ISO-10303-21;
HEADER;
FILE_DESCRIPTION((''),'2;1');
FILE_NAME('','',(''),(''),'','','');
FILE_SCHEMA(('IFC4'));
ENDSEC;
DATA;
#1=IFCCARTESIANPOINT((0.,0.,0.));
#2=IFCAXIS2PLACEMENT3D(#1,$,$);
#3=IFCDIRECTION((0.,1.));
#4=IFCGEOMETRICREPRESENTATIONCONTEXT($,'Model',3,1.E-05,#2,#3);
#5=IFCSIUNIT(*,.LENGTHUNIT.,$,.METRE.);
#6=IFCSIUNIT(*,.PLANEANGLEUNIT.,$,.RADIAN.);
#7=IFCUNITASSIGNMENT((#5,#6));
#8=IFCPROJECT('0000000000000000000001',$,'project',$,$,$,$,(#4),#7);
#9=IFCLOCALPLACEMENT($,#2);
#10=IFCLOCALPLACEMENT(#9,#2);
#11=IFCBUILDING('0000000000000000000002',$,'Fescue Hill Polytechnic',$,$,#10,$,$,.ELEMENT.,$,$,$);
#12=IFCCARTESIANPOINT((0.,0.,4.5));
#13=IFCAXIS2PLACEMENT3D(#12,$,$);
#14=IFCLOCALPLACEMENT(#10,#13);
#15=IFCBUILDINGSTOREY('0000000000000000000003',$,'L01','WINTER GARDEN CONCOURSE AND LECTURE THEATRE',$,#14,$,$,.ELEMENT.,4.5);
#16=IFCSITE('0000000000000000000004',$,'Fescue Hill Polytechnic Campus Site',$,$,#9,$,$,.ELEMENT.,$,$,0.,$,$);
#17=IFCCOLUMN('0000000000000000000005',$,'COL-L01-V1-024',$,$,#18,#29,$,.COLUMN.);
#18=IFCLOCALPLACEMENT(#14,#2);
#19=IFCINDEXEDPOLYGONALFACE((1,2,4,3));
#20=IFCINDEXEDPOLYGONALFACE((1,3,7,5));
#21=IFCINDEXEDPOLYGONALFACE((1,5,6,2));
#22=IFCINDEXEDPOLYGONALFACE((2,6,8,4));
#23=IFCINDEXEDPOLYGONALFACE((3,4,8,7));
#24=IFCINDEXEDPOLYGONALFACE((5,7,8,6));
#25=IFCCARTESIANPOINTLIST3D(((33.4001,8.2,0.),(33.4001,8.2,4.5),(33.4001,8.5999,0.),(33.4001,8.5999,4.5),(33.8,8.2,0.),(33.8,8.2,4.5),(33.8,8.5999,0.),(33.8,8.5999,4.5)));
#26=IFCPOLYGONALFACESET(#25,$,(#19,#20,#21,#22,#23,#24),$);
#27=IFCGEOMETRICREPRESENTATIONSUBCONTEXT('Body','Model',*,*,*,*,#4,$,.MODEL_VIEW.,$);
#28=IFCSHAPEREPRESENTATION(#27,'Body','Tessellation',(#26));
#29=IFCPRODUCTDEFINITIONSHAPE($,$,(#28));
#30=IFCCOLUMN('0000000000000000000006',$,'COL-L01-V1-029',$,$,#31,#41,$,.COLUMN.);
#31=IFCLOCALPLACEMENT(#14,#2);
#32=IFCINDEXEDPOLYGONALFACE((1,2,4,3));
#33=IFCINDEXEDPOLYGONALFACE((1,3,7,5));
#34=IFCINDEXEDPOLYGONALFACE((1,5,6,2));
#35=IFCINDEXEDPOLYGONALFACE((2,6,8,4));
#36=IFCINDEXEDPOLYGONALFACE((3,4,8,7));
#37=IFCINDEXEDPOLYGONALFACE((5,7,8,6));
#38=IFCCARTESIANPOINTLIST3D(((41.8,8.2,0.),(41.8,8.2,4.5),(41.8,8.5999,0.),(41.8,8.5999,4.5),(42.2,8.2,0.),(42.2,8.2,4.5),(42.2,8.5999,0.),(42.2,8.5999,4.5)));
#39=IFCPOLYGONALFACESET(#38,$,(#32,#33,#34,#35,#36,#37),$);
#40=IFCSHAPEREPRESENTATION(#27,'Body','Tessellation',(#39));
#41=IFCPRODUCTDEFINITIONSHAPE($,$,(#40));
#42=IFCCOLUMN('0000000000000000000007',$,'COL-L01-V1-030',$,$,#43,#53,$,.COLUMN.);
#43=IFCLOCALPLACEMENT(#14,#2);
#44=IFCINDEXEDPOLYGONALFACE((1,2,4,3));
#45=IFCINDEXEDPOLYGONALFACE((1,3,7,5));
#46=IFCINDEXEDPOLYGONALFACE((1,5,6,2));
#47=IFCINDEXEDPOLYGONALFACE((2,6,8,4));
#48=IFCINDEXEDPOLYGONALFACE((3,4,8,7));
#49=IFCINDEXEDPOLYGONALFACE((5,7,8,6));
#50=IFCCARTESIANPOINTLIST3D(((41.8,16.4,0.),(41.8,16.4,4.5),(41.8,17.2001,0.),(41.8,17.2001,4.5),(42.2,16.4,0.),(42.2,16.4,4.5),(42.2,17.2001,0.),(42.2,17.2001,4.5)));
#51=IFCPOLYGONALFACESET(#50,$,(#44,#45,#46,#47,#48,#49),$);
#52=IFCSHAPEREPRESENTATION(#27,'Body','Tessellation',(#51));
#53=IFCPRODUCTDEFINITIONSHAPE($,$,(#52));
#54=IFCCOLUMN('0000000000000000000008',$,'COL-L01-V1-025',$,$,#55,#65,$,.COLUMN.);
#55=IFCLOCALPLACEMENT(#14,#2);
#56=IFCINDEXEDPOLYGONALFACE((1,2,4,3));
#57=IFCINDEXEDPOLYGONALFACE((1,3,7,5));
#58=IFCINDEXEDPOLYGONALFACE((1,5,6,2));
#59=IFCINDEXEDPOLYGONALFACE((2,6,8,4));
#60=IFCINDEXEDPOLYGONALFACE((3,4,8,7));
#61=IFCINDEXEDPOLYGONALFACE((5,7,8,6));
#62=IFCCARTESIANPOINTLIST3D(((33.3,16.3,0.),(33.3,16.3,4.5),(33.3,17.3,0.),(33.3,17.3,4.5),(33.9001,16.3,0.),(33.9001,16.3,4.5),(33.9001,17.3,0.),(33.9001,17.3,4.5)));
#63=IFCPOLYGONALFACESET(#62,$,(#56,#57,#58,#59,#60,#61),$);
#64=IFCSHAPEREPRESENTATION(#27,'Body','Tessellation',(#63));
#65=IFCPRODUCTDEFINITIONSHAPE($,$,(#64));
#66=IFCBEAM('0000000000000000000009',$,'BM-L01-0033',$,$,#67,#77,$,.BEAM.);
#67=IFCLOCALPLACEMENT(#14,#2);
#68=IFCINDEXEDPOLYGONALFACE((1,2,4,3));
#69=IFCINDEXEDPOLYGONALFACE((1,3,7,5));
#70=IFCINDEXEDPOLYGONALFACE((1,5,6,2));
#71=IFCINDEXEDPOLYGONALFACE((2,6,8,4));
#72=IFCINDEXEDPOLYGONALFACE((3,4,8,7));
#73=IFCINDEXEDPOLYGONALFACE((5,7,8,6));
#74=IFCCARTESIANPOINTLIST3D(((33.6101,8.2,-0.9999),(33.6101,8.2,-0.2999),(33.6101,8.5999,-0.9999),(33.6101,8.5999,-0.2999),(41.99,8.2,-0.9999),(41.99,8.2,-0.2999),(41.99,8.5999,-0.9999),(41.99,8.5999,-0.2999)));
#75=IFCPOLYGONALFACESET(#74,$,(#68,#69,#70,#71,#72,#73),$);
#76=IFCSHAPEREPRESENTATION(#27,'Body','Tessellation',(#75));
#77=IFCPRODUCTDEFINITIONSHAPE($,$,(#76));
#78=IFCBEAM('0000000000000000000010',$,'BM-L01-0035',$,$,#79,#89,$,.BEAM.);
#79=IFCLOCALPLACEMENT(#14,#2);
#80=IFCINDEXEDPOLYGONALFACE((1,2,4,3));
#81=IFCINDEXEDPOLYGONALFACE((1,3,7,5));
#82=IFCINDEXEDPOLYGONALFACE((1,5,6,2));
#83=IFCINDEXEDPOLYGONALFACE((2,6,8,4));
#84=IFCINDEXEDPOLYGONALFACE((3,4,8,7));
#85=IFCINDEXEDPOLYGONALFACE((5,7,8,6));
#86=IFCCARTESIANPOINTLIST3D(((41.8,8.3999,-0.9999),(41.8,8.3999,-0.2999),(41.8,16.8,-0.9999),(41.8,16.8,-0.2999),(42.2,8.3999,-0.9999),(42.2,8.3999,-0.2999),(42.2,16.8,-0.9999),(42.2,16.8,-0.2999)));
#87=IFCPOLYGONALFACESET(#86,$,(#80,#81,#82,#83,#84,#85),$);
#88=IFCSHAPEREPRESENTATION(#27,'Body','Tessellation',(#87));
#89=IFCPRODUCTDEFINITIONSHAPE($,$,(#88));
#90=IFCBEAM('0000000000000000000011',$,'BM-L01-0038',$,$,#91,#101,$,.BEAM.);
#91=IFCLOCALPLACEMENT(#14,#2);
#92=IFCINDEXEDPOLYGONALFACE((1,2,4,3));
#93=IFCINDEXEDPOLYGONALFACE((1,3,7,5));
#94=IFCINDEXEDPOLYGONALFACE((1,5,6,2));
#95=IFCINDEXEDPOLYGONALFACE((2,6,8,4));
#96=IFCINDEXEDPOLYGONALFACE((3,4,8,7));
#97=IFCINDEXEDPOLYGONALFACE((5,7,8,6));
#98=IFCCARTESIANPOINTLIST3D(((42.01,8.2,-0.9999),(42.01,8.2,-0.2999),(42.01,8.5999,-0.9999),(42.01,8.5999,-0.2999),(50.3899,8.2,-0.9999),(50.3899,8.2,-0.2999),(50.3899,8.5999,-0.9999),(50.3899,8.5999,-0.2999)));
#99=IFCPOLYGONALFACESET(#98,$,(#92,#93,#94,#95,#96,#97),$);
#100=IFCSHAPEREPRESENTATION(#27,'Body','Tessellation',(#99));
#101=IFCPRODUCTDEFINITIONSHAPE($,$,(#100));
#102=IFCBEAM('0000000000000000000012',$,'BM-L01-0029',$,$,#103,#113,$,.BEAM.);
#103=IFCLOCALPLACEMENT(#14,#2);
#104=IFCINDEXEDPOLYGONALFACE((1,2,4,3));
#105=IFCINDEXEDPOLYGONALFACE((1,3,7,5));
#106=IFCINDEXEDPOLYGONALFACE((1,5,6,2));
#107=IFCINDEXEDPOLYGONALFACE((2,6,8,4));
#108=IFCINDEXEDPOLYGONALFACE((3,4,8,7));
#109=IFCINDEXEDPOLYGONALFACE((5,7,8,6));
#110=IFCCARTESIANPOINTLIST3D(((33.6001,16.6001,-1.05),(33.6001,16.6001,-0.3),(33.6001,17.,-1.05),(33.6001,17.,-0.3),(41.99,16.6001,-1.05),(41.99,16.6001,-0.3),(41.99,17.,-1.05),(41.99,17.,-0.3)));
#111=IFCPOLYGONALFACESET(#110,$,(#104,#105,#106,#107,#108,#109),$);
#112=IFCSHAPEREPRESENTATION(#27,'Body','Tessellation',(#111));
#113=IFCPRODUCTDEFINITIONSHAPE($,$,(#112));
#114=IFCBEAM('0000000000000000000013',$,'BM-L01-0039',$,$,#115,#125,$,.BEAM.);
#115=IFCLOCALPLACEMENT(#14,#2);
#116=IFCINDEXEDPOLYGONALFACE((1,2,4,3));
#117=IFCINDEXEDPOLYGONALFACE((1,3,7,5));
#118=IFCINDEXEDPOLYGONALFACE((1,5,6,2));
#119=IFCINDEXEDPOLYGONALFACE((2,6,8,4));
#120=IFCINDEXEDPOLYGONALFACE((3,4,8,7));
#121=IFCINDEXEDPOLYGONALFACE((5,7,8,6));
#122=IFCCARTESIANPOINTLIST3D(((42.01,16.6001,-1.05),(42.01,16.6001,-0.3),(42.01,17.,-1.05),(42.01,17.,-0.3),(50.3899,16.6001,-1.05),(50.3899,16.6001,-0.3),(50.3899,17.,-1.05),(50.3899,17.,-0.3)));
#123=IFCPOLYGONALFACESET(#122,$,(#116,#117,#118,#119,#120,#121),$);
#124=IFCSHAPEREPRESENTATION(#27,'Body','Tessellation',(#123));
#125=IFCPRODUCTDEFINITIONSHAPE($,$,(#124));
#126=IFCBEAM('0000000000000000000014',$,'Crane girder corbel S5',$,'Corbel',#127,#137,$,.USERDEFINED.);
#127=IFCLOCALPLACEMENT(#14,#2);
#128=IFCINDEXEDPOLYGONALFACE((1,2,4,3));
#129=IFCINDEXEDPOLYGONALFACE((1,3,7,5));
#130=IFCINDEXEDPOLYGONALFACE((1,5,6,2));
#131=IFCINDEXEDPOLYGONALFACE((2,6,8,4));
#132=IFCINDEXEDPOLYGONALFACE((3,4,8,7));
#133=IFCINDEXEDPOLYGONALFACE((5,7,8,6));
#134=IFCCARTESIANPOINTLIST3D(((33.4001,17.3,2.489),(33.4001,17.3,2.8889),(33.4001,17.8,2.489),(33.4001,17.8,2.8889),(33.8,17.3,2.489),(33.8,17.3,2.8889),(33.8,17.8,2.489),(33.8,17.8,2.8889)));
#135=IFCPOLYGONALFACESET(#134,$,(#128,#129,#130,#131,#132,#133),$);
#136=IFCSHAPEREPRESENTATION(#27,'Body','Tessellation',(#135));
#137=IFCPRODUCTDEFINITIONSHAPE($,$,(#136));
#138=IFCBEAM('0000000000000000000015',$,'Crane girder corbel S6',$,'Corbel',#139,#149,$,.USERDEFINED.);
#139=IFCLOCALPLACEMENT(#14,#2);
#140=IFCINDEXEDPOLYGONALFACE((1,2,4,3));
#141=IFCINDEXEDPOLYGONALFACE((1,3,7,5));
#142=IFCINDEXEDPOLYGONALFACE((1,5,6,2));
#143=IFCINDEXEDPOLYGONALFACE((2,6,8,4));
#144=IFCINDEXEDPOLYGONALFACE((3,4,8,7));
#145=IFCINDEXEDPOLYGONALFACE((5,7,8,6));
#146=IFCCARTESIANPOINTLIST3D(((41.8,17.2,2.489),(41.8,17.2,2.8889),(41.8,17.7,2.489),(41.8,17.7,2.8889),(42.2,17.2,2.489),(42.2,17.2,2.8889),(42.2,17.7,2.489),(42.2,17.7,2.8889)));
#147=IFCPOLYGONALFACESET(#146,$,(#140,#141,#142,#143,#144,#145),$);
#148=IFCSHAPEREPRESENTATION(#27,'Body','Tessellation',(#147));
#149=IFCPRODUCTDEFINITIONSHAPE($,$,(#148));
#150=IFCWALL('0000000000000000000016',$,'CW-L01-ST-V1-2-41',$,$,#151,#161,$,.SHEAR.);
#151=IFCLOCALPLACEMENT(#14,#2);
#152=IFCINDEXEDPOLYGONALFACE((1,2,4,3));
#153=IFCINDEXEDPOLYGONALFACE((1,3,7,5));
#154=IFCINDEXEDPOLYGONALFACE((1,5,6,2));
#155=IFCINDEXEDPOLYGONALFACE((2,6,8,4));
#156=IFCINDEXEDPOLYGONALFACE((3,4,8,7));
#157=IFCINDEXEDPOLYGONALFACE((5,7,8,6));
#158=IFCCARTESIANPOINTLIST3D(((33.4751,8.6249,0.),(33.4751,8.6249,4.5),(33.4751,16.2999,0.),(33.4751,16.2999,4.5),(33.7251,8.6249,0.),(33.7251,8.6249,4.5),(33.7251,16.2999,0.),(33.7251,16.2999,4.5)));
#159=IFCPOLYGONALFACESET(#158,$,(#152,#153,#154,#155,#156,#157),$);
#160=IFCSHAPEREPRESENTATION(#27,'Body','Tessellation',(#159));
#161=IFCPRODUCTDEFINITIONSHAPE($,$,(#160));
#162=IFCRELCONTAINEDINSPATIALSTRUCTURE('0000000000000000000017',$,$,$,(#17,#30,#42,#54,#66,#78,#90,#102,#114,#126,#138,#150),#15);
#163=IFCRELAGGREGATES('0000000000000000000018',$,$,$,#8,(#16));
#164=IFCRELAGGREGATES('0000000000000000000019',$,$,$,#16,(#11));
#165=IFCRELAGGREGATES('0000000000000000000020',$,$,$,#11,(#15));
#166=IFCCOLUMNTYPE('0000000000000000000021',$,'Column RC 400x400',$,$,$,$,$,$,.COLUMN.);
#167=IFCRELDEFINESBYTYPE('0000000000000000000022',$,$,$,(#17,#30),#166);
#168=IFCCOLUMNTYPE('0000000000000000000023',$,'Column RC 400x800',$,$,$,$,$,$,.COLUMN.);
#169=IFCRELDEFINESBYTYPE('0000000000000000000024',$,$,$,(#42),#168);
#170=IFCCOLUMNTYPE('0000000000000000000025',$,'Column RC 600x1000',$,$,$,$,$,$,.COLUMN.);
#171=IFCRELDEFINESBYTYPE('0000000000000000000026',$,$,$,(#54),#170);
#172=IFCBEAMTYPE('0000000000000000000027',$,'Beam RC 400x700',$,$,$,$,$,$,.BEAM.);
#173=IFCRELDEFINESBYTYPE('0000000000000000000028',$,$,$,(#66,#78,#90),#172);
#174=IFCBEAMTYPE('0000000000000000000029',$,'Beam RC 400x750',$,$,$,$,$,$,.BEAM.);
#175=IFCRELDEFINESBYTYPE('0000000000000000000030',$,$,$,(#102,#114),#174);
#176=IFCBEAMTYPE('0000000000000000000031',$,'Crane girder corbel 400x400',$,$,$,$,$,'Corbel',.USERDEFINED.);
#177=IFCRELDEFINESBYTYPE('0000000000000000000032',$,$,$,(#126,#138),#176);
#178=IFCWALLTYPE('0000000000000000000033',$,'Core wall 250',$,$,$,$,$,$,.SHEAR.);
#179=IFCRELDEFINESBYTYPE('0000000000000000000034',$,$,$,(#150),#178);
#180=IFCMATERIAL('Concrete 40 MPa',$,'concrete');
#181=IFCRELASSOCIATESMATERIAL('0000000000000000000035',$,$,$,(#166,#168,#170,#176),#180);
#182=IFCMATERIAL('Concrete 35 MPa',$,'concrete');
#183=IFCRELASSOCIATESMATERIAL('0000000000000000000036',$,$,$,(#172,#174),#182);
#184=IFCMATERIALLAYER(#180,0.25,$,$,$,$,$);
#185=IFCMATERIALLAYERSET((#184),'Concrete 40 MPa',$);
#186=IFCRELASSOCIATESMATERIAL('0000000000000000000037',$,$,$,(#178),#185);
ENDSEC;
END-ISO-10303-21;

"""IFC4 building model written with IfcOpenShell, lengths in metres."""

from ifc_helpers import new_model, si_unit, direction, frame, frame_2d, origin, origin_2d, place, context, subcontext, project, spatial, rectangle, extrude, material, layer, layer_set, material_profile, profile_set, type_object, element, save


model = new_model("IFC4")

# Units and contexts
model_context = context("Model", 3, precision=1e-05, world=origin(), true_north=direction((0.0, 1.0)))
body_context = subcontext(model_context, "Body", "Model", "MODEL_VIEW")
ifc_project = project(units=[si_unit("LENGTHUNIT", "METRE"), si_unit("PLANEANGLEUNIT", "RADIAN")], contexts=[model_context])

# Site, building, storey
site_placement = place(None, origin())
site = spatial("IfcSite", under=ifc_project, at=site_placement, Name="Fescue Hill Polytechnic Campus Site", CompositionType="ELEMENT", RefElevation=0.0)
building_placement = place(site_placement, origin())
building = spatial("IfcBuilding", under=site, at=building_placement, Name="Fescue Hill Polytechnic", CompositionType="ELEMENT")
storey_placement = place(building_placement, frame((0.0, 0.0, 4.5)))
storey = spatial("IfcBuildingStorey", under=building, at=storey_placement, Name="L01", Description="WINTER GARDEN CONCOURSE AND LECTURE THEATRE", CompositionType="ELEMENT", Elevation=4.5)

# Columns
ifc_material_1 = material(Name="Concrete 40 MPa", Category="concrete")
ifc_material_profile_1 = material_profile(ifc_material_1, rectangle(XDim=0.3999, YDim=0.3999, at=origin_2d()), Name="RC 400x400")
ifc_profile_set_1 = profile_set([ifc_material_profile_1], Name="Concrete 40 MPa")
column_type_1 = type_object("IfcColumnType", Name="Column RC 400x400", PredefinedType="COLUMN", material=ifc_profile_set_1)
for number, where, z_axis, x_axis, name in (
    (1, (33.6001, 8.3999, 0.0), (0.0, 0.0, 1.0), (1.0, 0.0, 0.0), "COL-L01-V1-024"),
    (2, (42.0, 8.3999, 0.0), (0.0, 0.0, 1.0), (1.0, 0.0, 0.0), "COL-L01-V1-029"),
):
    element("IfcColumn", number, at=place(storey_placement, frame(where, z_axis=z_axis, x_axis=x_axis)), inside=storey, type_object=column_type_1, Name=name, PredefinedType="COLUMN", context=body_context, shape_type="SweptSolid", body=[
        extrude(rectangle(XDim=0.3999, YDim=0.3999, at=origin_2d()), origin(), (0.0, 0.0, 1.0), 4.5),
    ])
ifc_material_profile_2 = material_profile(ifc_material_1, rectangle(XDim=0.3999, YDim=0.8, at=origin_2d()), Name="RC 400x800")
ifc_profile_set_2 = profile_set([ifc_material_profile_2], Name="Concrete 40 MPa")
column_type_2 = type_object("IfcColumnType", Name="Column RC 400x800", PredefinedType="COLUMN", material=ifc_profile_set_2)
column_1_placement = place(storey_placement, frame((42.0, 16.8, 0.0), z_axis=(0.0, 0.0, 1.0), x_axis=(1.0, 0.0, 0.0)))
element("IfcColumn", 3, at=column_1_placement, inside=storey, type_object=column_type_2, Name="COL-L01-V1-030", PredefinedType="COLUMN", context=body_context, shape_type="SweptSolid", body=[
    extrude(rectangle(XDim=0.3999, YDim=0.8, at=origin_2d()), origin(), (0.0, 0.0, 1.0), 4.5),
])
ifc_material_profile_3 = material_profile(ifc_material_1, rectangle(XDim=0.6001, YDim=1.0, at=origin_2d()), Name="RC 600x1000")
ifc_profile_set_3 = profile_set([ifc_material_profile_3], Name="Concrete 40 MPa")
column_type_3 = type_object("IfcColumnType", Name="Column RC 600x1000", PredefinedType="COLUMN", material=ifc_profile_set_3)
column_2_placement = place(storey_placement, frame((33.6001, 16.8, 0.0), z_axis=(0.0, 0.0, 1.0), x_axis=(1.0, 0.0, 0.0)))
element("IfcColumn", 4, at=column_2_placement, inside=storey, type_object=column_type_3, Name="COL-L01-V1-025", PredefinedType="COLUMN", context=body_context, shape_type="SweptSolid", body=[
    extrude(rectangle(XDim=0.6001, YDim=1.0, at=origin_2d()), origin(), (0.0, 0.0, 1.0), 4.5),
])

# Beams
ifc_material_2 = material(Name="Concrete 35 MPa", Category="concrete")
ifc_material_profile_4 = material_profile(ifc_material_2, rectangle(XDim=0.3999, YDim=0.7, at=origin_2d()), Name="RC 400x700")
ifc_profile_set_4 = profile_set([ifc_material_profile_4], Name="Concrete 35 MPa")
beam_type_1 = type_object("IfcBeamType", Name="Beam RC 400x700", PredefinedType="BEAM", material=ifc_profile_set_4)
beam_1_placement = place(storey_placement, frame((33.6101, 8.3999, -0.6499), z_axis=(1.0, 0.0, 0.0), x_axis=(0.0, 1.0, 0.0)))
element("IfcBeam", 5, at=beam_1_placement, inside=storey, type_object=beam_type_1, Name="BM-L01-0033", PredefinedType="BEAM", context=body_context, shape_type="SweptSolid", body=[
    extrude(rectangle(XDim=0.3999, YDim=0.7, at=origin_2d()), origin(), (0.0, 0.0, 1.0), 8.3799),
])
beam_2_placement = place(storey_placement, frame((42.0, 8.3999, -0.6499), z_axis=(0.0, 1.0, 0.0), x_axis=(-1.0, 0.0, 0.0)))
element("IfcBeam", 6, at=beam_2_placement, inside=storey, type_object=beam_type_1, Name="BM-L01-0035", PredefinedType="BEAM", context=body_context, shape_type="SweptSolid", body=[
    extrude(rectangle(XDim=0.3999, YDim=0.7, at=origin_2d()), origin(), (0.0, 0.0, 1.0), 8.4001),
])
beam_3_placement = place(storey_placement, frame((42.01, 8.3999, -0.6499), z_axis=(1.0, 0.0, 0.0), x_axis=(0.0, 1.0, 0.0)))
element("IfcBeam", 7, at=beam_3_placement, inside=storey, type_object=beam_type_1, Name="BM-L01-0038", PredefinedType="BEAM", context=body_context, shape_type="SweptSolid", body=[
    extrude(rectangle(XDim=0.3999, YDim=0.7, at=origin_2d()), origin(), (0.0, 0.0, 1.0), 8.3799),
])
ifc_material_profile_5 = material_profile(ifc_material_2, rectangle(XDim=0.3999, YDim=0.75, at=origin_2d()), Name="RC 400x750")
ifc_profile_set_5 = profile_set([ifc_material_profile_5], Name="Concrete 35 MPa")
beam_type_2 = type_object("IfcBeamType", Name="Beam RC 400x750", PredefinedType="BEAM", material=ifc_profile_set_5)
beam_4_placement = place(storey_placement, frame((33.6001, 16.8, -0.675), z_axis=(1.0, 0.0, 0.0), x_axis=(0.0, 1.0, 0.0)))
element("IfcBeam", 8, at=beam_4_placement, inside=storey, type_object=beam_type_2, Name="BM-L01-0029", PredefinedType="BEAM", context=body_context, shape_type="SweptSolid", body=[
    extrude(rectangle(XDim=0.3999, YDim=0.75, at=origin_2d()), origin(), (0.0, 0.0, 1.0), 8.3899),
])
beam_5_placement = place(storey_placement, frame((42.01, 16.8, -0.675), z_axis=(1.0, 0.0, 0.0), x_axis=(0.0, 1.0, 0.0)))
element("IfcBeam", 9, at=beam_5_placement, inside=storey, type_object=beam_type_2, Name="BM-L01-0039", PredefinedType="BEAM", context=body_context, shape_type="SweptSolid", body=[
    extrude(rectangle(XDim=0.3999, YDim=0.75, at=origin_2d()), origin(), (0.0, 0.0, 1.0), 8.3799),
])
ifc_material_profile_6 = material_profile(ifc_material_1, rectangle(XDim=0.3999, YDim=0.3999, at=origin_2d()), Name="Crane girder corbel 400x400")
ifc_profile_set_6 = profile_set([ifc_material_profile_6], Name="Concrete 40 MPa")
beam_type_3 = type_object("IfcBeamType", Name="Crane girder corbel 400x400", ElementType="Corbel", PredefinedType="USERDEFINED", material=ifc_profile_set_6)
for number, where, z_axis, x_axis, name in (
    (10, (33.6001, 17.3, 2.689), (0.0, 1.0, 0.0), (-1.0, 0.0, 0.0), "Crane girder corbel S5"),
    (11, (42.0, 17.2, 2.689), (0.0, 1.0, 0.0), (-1.0, 0.0, 0.0), "Crane girder corbel S6"),
):
    element("IfcBeam", number, at=place(storey_placement, frame(where, z_axis=z_axis, x_axis=x_axis)), inside=storey, type_object=beam_type_3, Name=name, ObjectType="Corbel", PredefinedType="USERDEFINED", context=body_context, shape_type="SweptSolid", body=[
        extrude(rectangle(XDim=0.3999, YDim=0.3999, at=origin_2d()), origin(), (0.0, 0.0, 1.0), 0.5),
    ])

# Wall
ifc_layer_1 = layer(ifc_material_1, 0.25)
ifc_layer_set_1 = layer_set([ifc_layer_1], Name="Concrete 40 MPa")
wall_type_1 = type_object("IfcWallType", Name="Core wall 250", PredefinedType="SHEAR", material=ifc_layer_set_1)
wall_1_placement = place(storey_placement, frame((33.6001, 8.625, 0.0), z_axis=(0.0, 0.0, 1.0), x_axis=(0.0, 1.0, 0.0)))
element("IfcWall", 12, at=wall_1_placement, inside=storey, type_object=wall_type_1, Name="CW-L01-ST-V1-2-41", PredefinedType="SHEAR", context=body_context, shape_type="SweptSolid", body=[
    extrude(rectangle(XDim=7.675, YDim=0.25, at=frame_2d((3.8374, 0.0))), origin(), (0.0, 0.0, 1.0), 4.5),
])

save(model, "model.ifc")
